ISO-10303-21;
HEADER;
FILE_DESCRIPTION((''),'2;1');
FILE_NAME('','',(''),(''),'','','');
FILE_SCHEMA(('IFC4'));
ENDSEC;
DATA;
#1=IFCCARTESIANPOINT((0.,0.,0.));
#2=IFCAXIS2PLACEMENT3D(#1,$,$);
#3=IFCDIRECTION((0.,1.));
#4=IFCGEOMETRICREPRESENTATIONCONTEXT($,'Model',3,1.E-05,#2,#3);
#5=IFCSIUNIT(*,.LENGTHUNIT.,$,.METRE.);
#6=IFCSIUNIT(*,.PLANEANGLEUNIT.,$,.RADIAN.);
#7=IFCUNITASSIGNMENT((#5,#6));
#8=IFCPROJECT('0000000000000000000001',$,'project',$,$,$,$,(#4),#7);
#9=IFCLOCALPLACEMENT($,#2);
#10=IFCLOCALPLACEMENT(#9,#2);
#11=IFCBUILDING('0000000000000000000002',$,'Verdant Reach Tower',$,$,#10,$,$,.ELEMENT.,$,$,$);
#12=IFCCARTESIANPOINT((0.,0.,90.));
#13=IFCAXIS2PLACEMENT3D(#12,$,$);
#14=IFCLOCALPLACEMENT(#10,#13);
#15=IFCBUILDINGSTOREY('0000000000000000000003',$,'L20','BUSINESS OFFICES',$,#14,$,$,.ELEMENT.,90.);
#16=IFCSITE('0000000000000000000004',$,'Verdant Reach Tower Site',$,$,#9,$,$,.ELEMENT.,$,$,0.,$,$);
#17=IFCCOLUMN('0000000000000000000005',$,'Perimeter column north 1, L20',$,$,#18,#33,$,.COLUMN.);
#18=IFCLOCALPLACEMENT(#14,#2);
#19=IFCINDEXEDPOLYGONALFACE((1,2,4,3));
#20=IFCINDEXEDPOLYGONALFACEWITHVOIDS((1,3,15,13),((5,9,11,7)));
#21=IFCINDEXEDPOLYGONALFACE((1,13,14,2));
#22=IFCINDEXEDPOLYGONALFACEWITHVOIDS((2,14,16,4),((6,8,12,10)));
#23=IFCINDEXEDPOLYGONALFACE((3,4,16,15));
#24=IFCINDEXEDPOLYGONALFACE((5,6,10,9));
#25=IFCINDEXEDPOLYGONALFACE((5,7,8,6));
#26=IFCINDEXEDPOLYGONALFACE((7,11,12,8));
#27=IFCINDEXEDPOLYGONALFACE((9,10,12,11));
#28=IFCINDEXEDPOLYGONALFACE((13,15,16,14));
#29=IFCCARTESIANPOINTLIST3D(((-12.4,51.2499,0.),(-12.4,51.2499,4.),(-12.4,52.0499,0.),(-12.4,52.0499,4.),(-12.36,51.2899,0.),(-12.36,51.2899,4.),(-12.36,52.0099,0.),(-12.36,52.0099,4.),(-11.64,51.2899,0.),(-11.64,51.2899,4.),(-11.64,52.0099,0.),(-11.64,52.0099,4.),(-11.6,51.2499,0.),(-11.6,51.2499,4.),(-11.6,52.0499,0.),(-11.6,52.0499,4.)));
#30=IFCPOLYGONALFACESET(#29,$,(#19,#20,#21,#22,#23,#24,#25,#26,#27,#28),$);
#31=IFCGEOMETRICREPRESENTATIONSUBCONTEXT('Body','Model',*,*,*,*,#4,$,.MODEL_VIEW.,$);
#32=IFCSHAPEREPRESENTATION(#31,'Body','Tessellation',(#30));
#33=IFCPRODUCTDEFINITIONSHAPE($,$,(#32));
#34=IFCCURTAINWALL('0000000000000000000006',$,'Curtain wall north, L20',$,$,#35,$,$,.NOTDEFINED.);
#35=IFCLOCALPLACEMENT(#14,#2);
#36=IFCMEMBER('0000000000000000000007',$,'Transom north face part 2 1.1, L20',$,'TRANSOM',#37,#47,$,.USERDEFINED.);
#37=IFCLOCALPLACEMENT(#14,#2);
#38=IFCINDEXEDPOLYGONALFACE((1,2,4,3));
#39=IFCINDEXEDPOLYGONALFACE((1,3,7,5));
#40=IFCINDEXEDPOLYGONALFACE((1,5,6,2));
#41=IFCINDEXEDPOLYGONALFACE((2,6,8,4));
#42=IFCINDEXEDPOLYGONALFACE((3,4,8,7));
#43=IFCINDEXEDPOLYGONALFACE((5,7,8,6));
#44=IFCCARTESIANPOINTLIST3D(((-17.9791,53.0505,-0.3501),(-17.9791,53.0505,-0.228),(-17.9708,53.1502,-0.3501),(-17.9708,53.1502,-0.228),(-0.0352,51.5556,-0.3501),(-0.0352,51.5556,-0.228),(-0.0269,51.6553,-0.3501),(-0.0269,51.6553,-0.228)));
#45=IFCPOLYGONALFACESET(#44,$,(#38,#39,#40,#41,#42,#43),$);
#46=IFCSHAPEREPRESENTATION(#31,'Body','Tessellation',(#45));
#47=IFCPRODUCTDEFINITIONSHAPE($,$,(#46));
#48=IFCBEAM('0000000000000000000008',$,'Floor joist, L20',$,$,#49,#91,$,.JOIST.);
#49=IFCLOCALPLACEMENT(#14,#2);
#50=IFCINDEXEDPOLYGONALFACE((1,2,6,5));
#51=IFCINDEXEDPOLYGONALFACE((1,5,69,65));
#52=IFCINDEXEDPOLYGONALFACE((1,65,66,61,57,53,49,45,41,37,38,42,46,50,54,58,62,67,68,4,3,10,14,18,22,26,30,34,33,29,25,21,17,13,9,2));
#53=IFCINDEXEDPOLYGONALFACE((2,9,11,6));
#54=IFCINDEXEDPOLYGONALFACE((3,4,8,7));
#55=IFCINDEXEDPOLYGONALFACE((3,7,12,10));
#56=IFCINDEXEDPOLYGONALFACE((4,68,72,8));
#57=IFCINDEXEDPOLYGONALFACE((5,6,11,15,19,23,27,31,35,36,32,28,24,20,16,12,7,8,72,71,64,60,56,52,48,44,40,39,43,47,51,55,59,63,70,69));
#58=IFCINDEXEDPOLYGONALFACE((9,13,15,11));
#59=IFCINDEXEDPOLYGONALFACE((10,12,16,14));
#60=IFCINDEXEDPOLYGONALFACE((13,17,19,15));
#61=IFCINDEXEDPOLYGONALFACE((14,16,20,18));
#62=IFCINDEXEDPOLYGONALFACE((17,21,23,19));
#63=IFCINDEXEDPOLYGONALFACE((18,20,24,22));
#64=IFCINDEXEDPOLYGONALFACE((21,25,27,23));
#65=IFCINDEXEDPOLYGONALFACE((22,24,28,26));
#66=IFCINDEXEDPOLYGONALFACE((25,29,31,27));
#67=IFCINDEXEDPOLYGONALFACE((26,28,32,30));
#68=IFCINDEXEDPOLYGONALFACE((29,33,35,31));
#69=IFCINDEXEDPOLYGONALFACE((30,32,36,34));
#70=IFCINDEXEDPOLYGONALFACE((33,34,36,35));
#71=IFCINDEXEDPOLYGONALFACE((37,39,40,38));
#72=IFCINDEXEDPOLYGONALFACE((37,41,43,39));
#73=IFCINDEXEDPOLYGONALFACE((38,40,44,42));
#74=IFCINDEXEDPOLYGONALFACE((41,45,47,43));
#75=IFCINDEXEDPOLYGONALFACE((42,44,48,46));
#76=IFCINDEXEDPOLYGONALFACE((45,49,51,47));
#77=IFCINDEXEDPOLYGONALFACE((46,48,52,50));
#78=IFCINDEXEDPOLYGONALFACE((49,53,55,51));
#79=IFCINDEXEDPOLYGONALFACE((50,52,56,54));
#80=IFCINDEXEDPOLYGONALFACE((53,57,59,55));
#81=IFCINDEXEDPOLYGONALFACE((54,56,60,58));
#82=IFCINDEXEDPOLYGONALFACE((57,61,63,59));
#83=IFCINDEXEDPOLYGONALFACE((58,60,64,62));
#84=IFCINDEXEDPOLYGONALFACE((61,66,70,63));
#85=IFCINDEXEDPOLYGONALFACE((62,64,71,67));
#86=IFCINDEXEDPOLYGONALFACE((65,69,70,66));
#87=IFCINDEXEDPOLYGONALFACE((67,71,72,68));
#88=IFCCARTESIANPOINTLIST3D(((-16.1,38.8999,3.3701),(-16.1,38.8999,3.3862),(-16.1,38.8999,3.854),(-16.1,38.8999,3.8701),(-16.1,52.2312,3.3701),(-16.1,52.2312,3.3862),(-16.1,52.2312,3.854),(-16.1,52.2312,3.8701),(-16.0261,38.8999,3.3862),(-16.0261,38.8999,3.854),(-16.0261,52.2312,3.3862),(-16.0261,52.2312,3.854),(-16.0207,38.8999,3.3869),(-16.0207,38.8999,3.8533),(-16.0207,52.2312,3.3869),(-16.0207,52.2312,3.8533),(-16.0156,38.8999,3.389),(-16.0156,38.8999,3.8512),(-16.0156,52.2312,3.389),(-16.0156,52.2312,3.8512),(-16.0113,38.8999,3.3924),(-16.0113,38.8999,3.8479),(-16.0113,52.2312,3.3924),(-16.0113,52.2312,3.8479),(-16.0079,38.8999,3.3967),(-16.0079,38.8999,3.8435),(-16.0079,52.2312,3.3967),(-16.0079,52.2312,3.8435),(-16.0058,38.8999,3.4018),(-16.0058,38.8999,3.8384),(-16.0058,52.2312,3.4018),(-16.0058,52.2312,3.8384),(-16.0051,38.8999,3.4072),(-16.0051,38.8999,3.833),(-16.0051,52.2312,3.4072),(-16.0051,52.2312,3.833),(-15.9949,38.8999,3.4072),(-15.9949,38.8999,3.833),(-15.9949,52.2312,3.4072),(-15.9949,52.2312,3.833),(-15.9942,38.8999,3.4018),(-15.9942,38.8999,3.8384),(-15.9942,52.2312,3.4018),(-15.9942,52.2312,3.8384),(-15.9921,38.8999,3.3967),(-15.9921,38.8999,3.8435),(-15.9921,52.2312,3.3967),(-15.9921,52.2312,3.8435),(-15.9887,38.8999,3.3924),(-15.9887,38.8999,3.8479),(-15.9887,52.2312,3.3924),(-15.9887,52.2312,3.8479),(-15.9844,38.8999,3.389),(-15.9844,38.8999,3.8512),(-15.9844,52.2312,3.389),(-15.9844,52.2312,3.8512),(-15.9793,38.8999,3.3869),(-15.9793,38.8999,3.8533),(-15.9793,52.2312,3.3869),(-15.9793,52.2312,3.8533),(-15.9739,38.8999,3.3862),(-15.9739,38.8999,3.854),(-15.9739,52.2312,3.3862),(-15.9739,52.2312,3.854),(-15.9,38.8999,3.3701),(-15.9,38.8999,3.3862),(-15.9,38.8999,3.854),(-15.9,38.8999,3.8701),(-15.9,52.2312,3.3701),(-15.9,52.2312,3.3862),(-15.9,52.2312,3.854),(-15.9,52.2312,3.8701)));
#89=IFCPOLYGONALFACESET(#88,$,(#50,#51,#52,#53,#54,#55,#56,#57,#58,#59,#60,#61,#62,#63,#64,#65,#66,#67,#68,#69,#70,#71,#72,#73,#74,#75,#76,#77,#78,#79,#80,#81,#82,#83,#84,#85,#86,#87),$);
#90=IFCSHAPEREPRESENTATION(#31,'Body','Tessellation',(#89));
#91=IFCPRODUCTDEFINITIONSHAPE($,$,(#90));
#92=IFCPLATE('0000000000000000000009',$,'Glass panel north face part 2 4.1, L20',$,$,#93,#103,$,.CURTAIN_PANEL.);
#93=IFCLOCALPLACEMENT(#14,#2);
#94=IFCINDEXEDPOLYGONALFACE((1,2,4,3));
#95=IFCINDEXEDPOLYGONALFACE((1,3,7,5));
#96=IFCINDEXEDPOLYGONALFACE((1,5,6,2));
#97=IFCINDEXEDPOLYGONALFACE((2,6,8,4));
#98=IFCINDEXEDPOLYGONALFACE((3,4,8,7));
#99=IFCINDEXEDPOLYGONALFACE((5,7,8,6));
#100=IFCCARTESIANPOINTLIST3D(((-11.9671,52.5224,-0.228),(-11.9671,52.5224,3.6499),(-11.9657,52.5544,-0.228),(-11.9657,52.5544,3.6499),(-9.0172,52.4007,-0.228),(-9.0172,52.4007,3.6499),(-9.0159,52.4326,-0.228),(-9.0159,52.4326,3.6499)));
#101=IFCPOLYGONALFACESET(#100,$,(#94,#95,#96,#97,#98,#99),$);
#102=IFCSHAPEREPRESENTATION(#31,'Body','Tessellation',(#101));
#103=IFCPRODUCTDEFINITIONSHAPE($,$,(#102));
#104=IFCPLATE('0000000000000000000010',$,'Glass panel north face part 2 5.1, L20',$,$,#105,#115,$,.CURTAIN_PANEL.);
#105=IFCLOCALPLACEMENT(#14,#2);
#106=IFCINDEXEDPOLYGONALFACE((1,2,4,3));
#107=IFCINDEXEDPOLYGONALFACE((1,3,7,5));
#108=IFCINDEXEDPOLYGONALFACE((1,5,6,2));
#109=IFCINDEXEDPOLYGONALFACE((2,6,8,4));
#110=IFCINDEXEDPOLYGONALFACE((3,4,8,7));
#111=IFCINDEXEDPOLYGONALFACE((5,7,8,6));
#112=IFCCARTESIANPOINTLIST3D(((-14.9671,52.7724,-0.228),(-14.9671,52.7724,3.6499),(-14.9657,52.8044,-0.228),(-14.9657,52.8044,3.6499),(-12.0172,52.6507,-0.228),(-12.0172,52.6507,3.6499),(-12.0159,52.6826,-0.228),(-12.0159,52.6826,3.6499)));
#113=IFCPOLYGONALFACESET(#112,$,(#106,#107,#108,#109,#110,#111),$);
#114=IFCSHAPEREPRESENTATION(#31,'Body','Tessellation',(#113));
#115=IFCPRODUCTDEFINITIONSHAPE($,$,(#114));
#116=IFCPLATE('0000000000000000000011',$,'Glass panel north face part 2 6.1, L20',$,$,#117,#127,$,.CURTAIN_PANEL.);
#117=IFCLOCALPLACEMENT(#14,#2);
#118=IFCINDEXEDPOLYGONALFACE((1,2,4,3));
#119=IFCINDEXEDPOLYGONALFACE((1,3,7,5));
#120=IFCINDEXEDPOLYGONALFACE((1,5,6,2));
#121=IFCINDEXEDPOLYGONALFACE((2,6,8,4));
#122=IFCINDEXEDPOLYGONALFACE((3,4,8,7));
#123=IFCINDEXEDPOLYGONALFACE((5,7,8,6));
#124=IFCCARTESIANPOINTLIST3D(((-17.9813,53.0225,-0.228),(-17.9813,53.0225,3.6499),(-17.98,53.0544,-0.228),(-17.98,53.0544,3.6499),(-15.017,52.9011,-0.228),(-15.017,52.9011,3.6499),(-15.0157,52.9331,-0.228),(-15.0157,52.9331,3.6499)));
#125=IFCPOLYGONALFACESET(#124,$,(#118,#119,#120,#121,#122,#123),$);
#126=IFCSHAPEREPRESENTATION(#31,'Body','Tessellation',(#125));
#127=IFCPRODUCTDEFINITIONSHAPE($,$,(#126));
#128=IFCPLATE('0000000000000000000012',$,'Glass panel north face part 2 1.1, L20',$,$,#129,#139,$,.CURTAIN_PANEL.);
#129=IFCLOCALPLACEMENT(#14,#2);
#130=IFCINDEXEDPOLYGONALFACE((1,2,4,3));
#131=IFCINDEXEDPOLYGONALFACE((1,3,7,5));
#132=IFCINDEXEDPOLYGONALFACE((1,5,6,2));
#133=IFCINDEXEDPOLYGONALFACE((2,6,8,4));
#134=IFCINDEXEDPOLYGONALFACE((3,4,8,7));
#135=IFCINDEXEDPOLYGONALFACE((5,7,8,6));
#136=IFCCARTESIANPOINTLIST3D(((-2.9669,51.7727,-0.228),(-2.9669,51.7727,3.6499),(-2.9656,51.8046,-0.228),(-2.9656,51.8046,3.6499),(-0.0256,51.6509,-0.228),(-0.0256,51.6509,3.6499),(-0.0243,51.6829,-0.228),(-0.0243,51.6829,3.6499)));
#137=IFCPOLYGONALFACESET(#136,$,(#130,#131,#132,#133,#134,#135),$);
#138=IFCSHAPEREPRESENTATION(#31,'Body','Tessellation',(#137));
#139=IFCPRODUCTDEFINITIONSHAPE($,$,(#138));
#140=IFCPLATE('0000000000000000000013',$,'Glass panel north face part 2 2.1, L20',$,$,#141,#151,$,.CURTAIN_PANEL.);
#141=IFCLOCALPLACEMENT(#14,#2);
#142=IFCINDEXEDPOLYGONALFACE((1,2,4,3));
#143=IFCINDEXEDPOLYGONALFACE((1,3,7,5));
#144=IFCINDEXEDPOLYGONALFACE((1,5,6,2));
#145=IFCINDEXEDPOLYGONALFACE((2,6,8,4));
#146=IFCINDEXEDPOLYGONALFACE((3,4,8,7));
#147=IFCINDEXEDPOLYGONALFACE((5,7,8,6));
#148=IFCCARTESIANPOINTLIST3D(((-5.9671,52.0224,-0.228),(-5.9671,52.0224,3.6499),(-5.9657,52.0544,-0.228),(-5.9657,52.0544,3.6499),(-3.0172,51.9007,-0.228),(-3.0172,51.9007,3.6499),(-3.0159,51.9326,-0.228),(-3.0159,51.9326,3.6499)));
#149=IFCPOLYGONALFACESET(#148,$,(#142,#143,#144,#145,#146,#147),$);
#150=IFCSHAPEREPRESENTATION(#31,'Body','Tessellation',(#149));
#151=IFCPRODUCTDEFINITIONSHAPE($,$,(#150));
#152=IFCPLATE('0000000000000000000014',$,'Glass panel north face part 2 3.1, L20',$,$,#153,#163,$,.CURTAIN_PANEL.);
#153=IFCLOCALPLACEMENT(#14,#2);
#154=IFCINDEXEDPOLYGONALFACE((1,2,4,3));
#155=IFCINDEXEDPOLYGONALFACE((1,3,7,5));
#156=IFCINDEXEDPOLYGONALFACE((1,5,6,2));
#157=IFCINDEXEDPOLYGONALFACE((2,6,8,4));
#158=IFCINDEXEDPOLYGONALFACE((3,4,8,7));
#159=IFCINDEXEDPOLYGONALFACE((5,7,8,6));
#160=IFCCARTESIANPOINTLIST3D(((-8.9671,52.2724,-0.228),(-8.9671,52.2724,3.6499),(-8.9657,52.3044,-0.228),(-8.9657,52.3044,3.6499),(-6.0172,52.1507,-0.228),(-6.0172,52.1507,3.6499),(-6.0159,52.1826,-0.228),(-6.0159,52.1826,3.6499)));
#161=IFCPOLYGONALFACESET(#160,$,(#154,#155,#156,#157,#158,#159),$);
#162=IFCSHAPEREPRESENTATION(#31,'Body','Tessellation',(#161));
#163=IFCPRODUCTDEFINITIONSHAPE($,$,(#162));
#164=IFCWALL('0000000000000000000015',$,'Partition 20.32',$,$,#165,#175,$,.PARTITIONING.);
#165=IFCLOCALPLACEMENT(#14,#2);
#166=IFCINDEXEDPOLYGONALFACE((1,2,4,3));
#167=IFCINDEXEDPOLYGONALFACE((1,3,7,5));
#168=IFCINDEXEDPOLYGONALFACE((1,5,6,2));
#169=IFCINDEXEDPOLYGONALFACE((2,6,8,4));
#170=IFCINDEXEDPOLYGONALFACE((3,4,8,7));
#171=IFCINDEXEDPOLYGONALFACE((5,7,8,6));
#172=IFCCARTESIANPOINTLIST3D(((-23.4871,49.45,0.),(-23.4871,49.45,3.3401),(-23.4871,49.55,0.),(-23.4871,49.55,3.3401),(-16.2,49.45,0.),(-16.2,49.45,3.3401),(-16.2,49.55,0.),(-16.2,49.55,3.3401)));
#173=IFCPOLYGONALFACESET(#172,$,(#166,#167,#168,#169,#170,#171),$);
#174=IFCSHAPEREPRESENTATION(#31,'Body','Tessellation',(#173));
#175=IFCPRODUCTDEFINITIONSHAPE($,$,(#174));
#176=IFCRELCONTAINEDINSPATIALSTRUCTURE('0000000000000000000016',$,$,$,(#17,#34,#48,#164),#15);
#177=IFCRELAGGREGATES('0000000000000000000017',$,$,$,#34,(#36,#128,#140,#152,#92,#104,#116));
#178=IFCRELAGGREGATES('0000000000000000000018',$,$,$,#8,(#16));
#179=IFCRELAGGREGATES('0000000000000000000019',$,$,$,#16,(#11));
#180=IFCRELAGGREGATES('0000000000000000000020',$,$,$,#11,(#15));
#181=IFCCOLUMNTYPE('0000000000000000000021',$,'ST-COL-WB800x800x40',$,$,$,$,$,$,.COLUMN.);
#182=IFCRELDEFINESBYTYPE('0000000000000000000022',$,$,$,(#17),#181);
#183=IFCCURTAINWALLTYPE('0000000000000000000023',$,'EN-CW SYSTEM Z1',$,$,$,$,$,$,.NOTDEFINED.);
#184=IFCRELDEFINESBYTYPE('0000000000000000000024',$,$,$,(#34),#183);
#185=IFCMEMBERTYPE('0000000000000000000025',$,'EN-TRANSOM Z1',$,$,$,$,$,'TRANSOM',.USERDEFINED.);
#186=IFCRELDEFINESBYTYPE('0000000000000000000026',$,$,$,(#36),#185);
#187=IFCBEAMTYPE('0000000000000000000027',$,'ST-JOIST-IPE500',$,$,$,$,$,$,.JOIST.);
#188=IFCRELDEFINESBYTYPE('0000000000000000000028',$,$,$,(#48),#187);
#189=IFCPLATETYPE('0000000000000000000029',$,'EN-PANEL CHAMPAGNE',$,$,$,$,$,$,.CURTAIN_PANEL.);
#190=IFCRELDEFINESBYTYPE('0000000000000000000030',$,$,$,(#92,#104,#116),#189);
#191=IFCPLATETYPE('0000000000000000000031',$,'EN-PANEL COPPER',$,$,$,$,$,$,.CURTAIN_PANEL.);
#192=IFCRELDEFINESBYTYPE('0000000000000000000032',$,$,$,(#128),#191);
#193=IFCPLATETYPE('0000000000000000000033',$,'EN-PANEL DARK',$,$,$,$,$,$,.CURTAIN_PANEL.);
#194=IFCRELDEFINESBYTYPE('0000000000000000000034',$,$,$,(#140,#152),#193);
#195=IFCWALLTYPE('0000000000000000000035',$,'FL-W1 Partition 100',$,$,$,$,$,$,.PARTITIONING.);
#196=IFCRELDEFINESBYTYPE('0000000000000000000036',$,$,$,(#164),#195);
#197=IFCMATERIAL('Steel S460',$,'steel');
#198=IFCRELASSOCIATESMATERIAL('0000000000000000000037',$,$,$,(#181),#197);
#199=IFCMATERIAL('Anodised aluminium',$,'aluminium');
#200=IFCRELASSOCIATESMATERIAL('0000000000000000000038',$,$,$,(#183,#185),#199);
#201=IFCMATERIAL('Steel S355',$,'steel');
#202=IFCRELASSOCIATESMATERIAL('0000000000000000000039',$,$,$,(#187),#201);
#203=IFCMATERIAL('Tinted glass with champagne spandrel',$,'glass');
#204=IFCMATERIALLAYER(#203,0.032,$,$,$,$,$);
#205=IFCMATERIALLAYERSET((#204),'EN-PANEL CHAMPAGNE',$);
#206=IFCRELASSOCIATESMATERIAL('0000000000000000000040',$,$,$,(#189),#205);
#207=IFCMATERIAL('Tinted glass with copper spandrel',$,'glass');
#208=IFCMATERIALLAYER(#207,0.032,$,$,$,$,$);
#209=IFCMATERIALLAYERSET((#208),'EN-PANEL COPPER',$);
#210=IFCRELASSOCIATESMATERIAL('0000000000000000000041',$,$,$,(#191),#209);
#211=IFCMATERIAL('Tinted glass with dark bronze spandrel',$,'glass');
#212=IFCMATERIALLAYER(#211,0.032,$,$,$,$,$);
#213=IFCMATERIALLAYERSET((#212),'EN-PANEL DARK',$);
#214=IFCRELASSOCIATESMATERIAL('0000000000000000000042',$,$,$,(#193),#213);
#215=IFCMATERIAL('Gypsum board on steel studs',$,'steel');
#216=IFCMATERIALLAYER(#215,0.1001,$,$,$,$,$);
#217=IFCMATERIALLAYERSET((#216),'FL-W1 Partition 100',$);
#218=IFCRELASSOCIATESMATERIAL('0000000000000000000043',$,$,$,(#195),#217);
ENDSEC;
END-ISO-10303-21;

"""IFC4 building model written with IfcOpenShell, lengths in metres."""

from ifc_helpers import new_model, si_unit, direction, frame, frame_2d, origin, origin_2d, place, context, subcontext, project, spatial, rectangle, hollow_rectangle, i_section, extrude, material, layer, layer_set, material_profile, profile_set, type_object, element, aggregate, save


model = new_model("IFC4")

# Units and contexts
model_context = context("Model", 3, precision=1e-05, world=origin(), true_north=direction((0.0, 1.0)))
body_context = subcontext(model_context, "Body", "Model", "MODEL_VIEW")
ifc_project = project(units=[si_unit("LENGTHUNIT", "METRE"), si_unit("PLANEANGLEUNIT", "RADIAN")], contexts=[model_context])

# Site, building, storey
site_placement = place(None, origin())
site = spatial("IfcSite", under=ifc_project, at=site_placement, Name="Verdant Reach Tower Site", CompositionType="ELEMENT", RefElevation=0.0)
building_placement = place(site_placement, origin())
building = spatial("IfcBuilding", under=site, at=building_placement, Name="Verdant Reach Tower", CompositionType="ELEMENT")
storey_placement = place(building_placement, frame((0.0, 0.0, 90.0)))
storey = spatial("IfcBuildingStorey", under=building, at=storey_placement, Name="L20", Description="BUSINESS OFFICES", CompositionType="ELEMENT", Elevation=90.0)

# Column
ifc_material_1 = material(Name="Steel S460", Category="steel")
ifc_material_profile_1 = material_profile(ifc_material_1, hollow_rectangle(XDim=0.8, YDim=0.8, WallThickness=0.04, at=origin_2d()), Name="WB 800x800x40")
ifc_profile_set_1 = profile_set([ifc_material_profile_1], Name="Steel S460")
column_type = type_object("IfcColumnType", Name="ST-COL-WB800x800x40", PredefinedType="COLUMN", material=ifc_profile_set_1)
column_placement = place(storey_placement, frame((-12.0, 51.6499, 0.0), z_axis=(0.0, 0.0, 1.0), x_axis=(1.0, 0.0, 0.0)))
element("IfcColumn", 1, at=column_placement, inside=storey, type_object=column_type, Name="Perimeter column north 1, L20", PredefinedType="COLUMN", context=body_context, shape_type="SweptSolid", body=[
    extrude(hollow_rectangle(XDim=0.8, YDim=0.8, WallThickness=0.04, at=origin_2d()), origin(), (0.0, 0.0, 1.0), 4.0),
])

# Curtain wall, member
ifc_material_2 = material(Name="Anodised aluminium", Category="aluminium")
curtain_wall_type = type_object("IfcCurtainWallType", Name="EN-CW SYSTEM Z1", PredefinedType="NOTDEFINED", material=ifc_material_2)
curtain_wall_placement = place(storey_placement, origin())
curtain_wall = element("IfcCurtainWall", 2, at=curtain_wall_placement, inside=storey, type_object=curtain_wall_type, Name="Curtain wall north, L20", PredefinedType="NOTDEFINED")
ifc_material_profile_2 = material_profile(ifc_material_2, rectangle(XDim=0.1001, YDim=0.1221, at=origin_2d()), Name="Transom 122x100")
ifc_profile_set_2 = profile_set([ifc_material_profile_2], Name="Anodised aluminium")
member_type = type_object("IfcMemberType", Name="EN-TRANSOM Z1", ElementType="TRANSOM", PredefinedType="USERDEFINED", material=ifc_profile_set_2)
member_placement = place(storey_placement, frame((-0.031, 51.6055, -0.2891), z_axis=(-0.996548, 0.083021, 0.0), x_axis=(-0.083021, -0.996548, 0.0)))
member = element("IfcMember", 3, at=member_placement, type_object=member_type, Name="Transom north face part 2 1.1, L20", ObjectType="TRANSOM", PredefinedType="USERDEFINED", context=body_context, shape_type="SweptSolid", body=[
    extrude(rectangle(XDim=0.1001, YDim=0.1221, at=origin_2d()), origin(), (0.0, 0.0, 1.0), 18.0061),
])

# Beam
ifc_material_3 = material(Name="Steel S355", Category="steel")
ifc_material_profile_3 = material_profile(ifc_material_3, i_section(OverallWidth=0.2, OverallDepth=0.5, WebThickness=0.0103, FlangeThickness=0.0161, FilletRadius=0.021, at=origin_2d()), Name="IPE 500")
ifc_profile_set_3 = profile_set([ifc_material_profile_3], Name="Steel S355")
beam_type = type_object("IfcBeamType", Name="ST-JOIST-IPE500", PredefinedType="JOIST", material=ifc_profile_set_3)
beam_placement = place(storey_placement, frame((-16.0, 38.8999, 3.6201), z_axis=(0.0, 1.0, 0.0), x_axis=(-1.0, 0.0, 0.0)))
element("IfcBeam", 4, at=beam_placement, inside=storey, type_object=beam_type, Name="Floor joist, L20", PredefinedType="JOIST", context=body_context, shape_type="SweptSolid", body=[
    extrude(i_section(OverallWidth=0.2, OverallDepth=0.5, WebThickness=0.0103, FlangeThickness=0.0161, FilletRadius=0.021, at=origin_2d()), origin(), (0.0, 0.0, 1.0), 13.3313),
])

# Plates
ifc_material_4 = material(Name="Tinted glass with champagne spandrel", Category="glass")
ifc_layer_1 = layer(ifc_material_4, 0.032)
ifc_layer_set_1 = layer_set([ifc_layer_1], Name="EN-PANEL CHAMPAGNE")
plate_type_1 = type_object("IfcPlateType", Name="EN-PANEL CHAMPAGNE", PredefinedType="CURTAIN_PANEL", material=ifc_layer_set_1)
plate_1_placement = place(storey_placement, frame((-10.4915, 52.4775, -0.228), z_axis=(0.0, 0.0, 1.0), x_axis=(-0.999149, 0.041242, 0.0)))
plate_1 = element("IfcPlate", 5, at=plate_1_placement, type_object=plate_type_1, Name="Glass panel north face part 2 4.1, L20", PredefinedType="CURTAIN_PANEL", context=body_context, shape_type="SweptSolid", body=[
    extrude(rectangle(XDim=2.9524, YDim=0.032, at=origin_2d()), origin(), (0.0, 0.0, 1.0), 3.8779),
])
plate_2_placement = place(storey_placement, frame((-13.4915, 52.7275, -0.228), z_axis=(0.0, 0.0, 1.0), x_axis=(-0.999149, 0.041242, 0.0)))
plate_2 = element("IfcPlate", 6, at=plate_2_placement, type_object=plate_type_1, Name="Glass panel north face part 2 5.1, L20", PredefinedType="CURTAIN_PANEL", context=body_context, shape_type="SweptSolid", body=[
    extrude(rectangle(XDim=2.9524, YDim=0.032, at=origin_2d()), origin(), (0.0, 0.0, 1.0), 3.8779),
])
plate_3_placement = place(storey_placement, frame((-16.4985, 52.9778, -0.228), z_axis=(0.0, 0.0, 1.0), x_axis=(-0.999163, 0.04091, 0.0)))
plate_3 = element("IfcPlate", 7, at=plate_3_placement, type_object=plate_type_1, Name="Glass panel north face part 2 6.1, L20", PredefinedType="CURTAIN_PANEL", context=body_context, shape_type="SweptSolid", body=[
    extrude(rectangle(XDim=2.9668, YDim=0.032, at=origin_2d()), origin(), (0.0, 0.0, 1.0), 3.8779),
])
ifc_material_5 = material(Name="Tinted glass with copper spandrel", Category="glass")
ifc_layer_2 = layer(ifc_material_5, 0.032)
ifc_layer_set_2 = layer_set([ifc_layer_2], Name="EN-PANEL COPPER")
plate_type_2 = type_object("IfcPlateType", Name="EN-PANEL COPPER", PredefinedType="CURTAIN_PANEL", material=ifc_layer_set_2)
plate_4_placement = place(storey_placement, frame((-1.4956, 51.7278, -0.228), z_axis=(0.0, 0.0, 1.0), x_axis=(-0.999144, 0.04136, 0.0)))
plate_4 = element("IfcPlate", 8, at=plate_4_placement, type_object=plate_type_2, Name="Glass panel north face part 2 1.1, L20", PredefinedType="CURTAIN_PANEL", context=body_context, shape_type="SweptSolid", body=[
    extrude(rectangle(XDim=2.9438, YDim=0.032, at=origin_2d()), origin(), (0.0, 0.0, 1.0), 3.8779),
])
ifc_material_6 = material(Name="Tinted glass with dark bronze spandrel", Category="glass")
ifc_layer_3 = layer(ifc_material_6, 0.032)
ifc_layer_set_3 = layer_set([ifc_layer_3], Name="EN-PANEL DARK")
plate_type_3 = type_object("IfcPlateType", Name="EN-PANEL DARK", PredefinedType="CURTAIN_PANEL", material=ifc_layer_set_3)
plate_5_placement = place(storey_placement, frame((-4.4915, 51.9775, -0.228), z_axis=(0.0, 0.0, 1.0), x_axis=(-0.999149, 0.041242, 0.0)))
plate_5 = element("IfcPlate", 9, at=plate_5_placement, type_object=plate_type_3, Name="Glass panel north face part 2 2.1, L20", PredefinedType="CURTAIN_PANEL", context=body_context, shape_type="SweptSolid", body=[
    extrude(rectangle(XDim=2.9524, YDim=0.032, at=origin_2d()), origin(), (0.0, 0.0, 1.0), 3.8779),
])
plate_6_placement = place(storey_placement, frame((-7.4915, 52.2275, -0.228), z_axis=(0.0, 0.0, 1.0), x_axis=(-0.999149, 0.041242, 0.0)))
plate_6 = element("IfcPlate", 10, at=plate_6_placement, type_object=plate_type_3, Name="Glass panel north face part 2 3.1, L20", PredefinedType="CURTAIN_PANEL", context=body_context, shape_type="SweptSolid", body=[
    extrude(rectangle(XDim=2.9524, YDim=0.032, at=origin_2d()), origin(), (0.0, 0.0, 1.0), 3.8779),
])
aggregate(curtain_wall, [member, plate_4, plate_5, plate_6, plate_1, plate_2, plate_3])

# Wall
ifc_material_7 = material(Name="Gypsum board on steel studs", Category="steel")
ifc_layer_4 = layer(ifc_material_7, 0.1001)
ifc_layer_set_4 = layer_set([ifc_layer_4], Name="FL-W1 Partition 100")
wall_type_1 = type_object("IfcWallType", Name="FL-W1 Partition 100", PredefinedType="PARTITIONING", material=ifc_layer_set_4)
wall_1_placement = place(storey_placement, frame((-16.2, 49.5, 0.0), z_axis=(0.0, 0.0, 1.0), x_axis=(-1.0, 0.0, 0.0)))
element("IfcWall", 11, at=wall_1_placement, inside=storey, type_object=wall_type_1, Name="Partition 20.32", PredefinedType="PARTITIONING", context=body_context, shape_type="SweptSolid", body=[
    extrude(rectangle(XDim=7.2871, YDim=0.1001, at=frame_2d((3.6436, 0.0))), origin(), (0.0, 0.0, 1.0), 3.3401),
])

save(model, "model.ifc")
